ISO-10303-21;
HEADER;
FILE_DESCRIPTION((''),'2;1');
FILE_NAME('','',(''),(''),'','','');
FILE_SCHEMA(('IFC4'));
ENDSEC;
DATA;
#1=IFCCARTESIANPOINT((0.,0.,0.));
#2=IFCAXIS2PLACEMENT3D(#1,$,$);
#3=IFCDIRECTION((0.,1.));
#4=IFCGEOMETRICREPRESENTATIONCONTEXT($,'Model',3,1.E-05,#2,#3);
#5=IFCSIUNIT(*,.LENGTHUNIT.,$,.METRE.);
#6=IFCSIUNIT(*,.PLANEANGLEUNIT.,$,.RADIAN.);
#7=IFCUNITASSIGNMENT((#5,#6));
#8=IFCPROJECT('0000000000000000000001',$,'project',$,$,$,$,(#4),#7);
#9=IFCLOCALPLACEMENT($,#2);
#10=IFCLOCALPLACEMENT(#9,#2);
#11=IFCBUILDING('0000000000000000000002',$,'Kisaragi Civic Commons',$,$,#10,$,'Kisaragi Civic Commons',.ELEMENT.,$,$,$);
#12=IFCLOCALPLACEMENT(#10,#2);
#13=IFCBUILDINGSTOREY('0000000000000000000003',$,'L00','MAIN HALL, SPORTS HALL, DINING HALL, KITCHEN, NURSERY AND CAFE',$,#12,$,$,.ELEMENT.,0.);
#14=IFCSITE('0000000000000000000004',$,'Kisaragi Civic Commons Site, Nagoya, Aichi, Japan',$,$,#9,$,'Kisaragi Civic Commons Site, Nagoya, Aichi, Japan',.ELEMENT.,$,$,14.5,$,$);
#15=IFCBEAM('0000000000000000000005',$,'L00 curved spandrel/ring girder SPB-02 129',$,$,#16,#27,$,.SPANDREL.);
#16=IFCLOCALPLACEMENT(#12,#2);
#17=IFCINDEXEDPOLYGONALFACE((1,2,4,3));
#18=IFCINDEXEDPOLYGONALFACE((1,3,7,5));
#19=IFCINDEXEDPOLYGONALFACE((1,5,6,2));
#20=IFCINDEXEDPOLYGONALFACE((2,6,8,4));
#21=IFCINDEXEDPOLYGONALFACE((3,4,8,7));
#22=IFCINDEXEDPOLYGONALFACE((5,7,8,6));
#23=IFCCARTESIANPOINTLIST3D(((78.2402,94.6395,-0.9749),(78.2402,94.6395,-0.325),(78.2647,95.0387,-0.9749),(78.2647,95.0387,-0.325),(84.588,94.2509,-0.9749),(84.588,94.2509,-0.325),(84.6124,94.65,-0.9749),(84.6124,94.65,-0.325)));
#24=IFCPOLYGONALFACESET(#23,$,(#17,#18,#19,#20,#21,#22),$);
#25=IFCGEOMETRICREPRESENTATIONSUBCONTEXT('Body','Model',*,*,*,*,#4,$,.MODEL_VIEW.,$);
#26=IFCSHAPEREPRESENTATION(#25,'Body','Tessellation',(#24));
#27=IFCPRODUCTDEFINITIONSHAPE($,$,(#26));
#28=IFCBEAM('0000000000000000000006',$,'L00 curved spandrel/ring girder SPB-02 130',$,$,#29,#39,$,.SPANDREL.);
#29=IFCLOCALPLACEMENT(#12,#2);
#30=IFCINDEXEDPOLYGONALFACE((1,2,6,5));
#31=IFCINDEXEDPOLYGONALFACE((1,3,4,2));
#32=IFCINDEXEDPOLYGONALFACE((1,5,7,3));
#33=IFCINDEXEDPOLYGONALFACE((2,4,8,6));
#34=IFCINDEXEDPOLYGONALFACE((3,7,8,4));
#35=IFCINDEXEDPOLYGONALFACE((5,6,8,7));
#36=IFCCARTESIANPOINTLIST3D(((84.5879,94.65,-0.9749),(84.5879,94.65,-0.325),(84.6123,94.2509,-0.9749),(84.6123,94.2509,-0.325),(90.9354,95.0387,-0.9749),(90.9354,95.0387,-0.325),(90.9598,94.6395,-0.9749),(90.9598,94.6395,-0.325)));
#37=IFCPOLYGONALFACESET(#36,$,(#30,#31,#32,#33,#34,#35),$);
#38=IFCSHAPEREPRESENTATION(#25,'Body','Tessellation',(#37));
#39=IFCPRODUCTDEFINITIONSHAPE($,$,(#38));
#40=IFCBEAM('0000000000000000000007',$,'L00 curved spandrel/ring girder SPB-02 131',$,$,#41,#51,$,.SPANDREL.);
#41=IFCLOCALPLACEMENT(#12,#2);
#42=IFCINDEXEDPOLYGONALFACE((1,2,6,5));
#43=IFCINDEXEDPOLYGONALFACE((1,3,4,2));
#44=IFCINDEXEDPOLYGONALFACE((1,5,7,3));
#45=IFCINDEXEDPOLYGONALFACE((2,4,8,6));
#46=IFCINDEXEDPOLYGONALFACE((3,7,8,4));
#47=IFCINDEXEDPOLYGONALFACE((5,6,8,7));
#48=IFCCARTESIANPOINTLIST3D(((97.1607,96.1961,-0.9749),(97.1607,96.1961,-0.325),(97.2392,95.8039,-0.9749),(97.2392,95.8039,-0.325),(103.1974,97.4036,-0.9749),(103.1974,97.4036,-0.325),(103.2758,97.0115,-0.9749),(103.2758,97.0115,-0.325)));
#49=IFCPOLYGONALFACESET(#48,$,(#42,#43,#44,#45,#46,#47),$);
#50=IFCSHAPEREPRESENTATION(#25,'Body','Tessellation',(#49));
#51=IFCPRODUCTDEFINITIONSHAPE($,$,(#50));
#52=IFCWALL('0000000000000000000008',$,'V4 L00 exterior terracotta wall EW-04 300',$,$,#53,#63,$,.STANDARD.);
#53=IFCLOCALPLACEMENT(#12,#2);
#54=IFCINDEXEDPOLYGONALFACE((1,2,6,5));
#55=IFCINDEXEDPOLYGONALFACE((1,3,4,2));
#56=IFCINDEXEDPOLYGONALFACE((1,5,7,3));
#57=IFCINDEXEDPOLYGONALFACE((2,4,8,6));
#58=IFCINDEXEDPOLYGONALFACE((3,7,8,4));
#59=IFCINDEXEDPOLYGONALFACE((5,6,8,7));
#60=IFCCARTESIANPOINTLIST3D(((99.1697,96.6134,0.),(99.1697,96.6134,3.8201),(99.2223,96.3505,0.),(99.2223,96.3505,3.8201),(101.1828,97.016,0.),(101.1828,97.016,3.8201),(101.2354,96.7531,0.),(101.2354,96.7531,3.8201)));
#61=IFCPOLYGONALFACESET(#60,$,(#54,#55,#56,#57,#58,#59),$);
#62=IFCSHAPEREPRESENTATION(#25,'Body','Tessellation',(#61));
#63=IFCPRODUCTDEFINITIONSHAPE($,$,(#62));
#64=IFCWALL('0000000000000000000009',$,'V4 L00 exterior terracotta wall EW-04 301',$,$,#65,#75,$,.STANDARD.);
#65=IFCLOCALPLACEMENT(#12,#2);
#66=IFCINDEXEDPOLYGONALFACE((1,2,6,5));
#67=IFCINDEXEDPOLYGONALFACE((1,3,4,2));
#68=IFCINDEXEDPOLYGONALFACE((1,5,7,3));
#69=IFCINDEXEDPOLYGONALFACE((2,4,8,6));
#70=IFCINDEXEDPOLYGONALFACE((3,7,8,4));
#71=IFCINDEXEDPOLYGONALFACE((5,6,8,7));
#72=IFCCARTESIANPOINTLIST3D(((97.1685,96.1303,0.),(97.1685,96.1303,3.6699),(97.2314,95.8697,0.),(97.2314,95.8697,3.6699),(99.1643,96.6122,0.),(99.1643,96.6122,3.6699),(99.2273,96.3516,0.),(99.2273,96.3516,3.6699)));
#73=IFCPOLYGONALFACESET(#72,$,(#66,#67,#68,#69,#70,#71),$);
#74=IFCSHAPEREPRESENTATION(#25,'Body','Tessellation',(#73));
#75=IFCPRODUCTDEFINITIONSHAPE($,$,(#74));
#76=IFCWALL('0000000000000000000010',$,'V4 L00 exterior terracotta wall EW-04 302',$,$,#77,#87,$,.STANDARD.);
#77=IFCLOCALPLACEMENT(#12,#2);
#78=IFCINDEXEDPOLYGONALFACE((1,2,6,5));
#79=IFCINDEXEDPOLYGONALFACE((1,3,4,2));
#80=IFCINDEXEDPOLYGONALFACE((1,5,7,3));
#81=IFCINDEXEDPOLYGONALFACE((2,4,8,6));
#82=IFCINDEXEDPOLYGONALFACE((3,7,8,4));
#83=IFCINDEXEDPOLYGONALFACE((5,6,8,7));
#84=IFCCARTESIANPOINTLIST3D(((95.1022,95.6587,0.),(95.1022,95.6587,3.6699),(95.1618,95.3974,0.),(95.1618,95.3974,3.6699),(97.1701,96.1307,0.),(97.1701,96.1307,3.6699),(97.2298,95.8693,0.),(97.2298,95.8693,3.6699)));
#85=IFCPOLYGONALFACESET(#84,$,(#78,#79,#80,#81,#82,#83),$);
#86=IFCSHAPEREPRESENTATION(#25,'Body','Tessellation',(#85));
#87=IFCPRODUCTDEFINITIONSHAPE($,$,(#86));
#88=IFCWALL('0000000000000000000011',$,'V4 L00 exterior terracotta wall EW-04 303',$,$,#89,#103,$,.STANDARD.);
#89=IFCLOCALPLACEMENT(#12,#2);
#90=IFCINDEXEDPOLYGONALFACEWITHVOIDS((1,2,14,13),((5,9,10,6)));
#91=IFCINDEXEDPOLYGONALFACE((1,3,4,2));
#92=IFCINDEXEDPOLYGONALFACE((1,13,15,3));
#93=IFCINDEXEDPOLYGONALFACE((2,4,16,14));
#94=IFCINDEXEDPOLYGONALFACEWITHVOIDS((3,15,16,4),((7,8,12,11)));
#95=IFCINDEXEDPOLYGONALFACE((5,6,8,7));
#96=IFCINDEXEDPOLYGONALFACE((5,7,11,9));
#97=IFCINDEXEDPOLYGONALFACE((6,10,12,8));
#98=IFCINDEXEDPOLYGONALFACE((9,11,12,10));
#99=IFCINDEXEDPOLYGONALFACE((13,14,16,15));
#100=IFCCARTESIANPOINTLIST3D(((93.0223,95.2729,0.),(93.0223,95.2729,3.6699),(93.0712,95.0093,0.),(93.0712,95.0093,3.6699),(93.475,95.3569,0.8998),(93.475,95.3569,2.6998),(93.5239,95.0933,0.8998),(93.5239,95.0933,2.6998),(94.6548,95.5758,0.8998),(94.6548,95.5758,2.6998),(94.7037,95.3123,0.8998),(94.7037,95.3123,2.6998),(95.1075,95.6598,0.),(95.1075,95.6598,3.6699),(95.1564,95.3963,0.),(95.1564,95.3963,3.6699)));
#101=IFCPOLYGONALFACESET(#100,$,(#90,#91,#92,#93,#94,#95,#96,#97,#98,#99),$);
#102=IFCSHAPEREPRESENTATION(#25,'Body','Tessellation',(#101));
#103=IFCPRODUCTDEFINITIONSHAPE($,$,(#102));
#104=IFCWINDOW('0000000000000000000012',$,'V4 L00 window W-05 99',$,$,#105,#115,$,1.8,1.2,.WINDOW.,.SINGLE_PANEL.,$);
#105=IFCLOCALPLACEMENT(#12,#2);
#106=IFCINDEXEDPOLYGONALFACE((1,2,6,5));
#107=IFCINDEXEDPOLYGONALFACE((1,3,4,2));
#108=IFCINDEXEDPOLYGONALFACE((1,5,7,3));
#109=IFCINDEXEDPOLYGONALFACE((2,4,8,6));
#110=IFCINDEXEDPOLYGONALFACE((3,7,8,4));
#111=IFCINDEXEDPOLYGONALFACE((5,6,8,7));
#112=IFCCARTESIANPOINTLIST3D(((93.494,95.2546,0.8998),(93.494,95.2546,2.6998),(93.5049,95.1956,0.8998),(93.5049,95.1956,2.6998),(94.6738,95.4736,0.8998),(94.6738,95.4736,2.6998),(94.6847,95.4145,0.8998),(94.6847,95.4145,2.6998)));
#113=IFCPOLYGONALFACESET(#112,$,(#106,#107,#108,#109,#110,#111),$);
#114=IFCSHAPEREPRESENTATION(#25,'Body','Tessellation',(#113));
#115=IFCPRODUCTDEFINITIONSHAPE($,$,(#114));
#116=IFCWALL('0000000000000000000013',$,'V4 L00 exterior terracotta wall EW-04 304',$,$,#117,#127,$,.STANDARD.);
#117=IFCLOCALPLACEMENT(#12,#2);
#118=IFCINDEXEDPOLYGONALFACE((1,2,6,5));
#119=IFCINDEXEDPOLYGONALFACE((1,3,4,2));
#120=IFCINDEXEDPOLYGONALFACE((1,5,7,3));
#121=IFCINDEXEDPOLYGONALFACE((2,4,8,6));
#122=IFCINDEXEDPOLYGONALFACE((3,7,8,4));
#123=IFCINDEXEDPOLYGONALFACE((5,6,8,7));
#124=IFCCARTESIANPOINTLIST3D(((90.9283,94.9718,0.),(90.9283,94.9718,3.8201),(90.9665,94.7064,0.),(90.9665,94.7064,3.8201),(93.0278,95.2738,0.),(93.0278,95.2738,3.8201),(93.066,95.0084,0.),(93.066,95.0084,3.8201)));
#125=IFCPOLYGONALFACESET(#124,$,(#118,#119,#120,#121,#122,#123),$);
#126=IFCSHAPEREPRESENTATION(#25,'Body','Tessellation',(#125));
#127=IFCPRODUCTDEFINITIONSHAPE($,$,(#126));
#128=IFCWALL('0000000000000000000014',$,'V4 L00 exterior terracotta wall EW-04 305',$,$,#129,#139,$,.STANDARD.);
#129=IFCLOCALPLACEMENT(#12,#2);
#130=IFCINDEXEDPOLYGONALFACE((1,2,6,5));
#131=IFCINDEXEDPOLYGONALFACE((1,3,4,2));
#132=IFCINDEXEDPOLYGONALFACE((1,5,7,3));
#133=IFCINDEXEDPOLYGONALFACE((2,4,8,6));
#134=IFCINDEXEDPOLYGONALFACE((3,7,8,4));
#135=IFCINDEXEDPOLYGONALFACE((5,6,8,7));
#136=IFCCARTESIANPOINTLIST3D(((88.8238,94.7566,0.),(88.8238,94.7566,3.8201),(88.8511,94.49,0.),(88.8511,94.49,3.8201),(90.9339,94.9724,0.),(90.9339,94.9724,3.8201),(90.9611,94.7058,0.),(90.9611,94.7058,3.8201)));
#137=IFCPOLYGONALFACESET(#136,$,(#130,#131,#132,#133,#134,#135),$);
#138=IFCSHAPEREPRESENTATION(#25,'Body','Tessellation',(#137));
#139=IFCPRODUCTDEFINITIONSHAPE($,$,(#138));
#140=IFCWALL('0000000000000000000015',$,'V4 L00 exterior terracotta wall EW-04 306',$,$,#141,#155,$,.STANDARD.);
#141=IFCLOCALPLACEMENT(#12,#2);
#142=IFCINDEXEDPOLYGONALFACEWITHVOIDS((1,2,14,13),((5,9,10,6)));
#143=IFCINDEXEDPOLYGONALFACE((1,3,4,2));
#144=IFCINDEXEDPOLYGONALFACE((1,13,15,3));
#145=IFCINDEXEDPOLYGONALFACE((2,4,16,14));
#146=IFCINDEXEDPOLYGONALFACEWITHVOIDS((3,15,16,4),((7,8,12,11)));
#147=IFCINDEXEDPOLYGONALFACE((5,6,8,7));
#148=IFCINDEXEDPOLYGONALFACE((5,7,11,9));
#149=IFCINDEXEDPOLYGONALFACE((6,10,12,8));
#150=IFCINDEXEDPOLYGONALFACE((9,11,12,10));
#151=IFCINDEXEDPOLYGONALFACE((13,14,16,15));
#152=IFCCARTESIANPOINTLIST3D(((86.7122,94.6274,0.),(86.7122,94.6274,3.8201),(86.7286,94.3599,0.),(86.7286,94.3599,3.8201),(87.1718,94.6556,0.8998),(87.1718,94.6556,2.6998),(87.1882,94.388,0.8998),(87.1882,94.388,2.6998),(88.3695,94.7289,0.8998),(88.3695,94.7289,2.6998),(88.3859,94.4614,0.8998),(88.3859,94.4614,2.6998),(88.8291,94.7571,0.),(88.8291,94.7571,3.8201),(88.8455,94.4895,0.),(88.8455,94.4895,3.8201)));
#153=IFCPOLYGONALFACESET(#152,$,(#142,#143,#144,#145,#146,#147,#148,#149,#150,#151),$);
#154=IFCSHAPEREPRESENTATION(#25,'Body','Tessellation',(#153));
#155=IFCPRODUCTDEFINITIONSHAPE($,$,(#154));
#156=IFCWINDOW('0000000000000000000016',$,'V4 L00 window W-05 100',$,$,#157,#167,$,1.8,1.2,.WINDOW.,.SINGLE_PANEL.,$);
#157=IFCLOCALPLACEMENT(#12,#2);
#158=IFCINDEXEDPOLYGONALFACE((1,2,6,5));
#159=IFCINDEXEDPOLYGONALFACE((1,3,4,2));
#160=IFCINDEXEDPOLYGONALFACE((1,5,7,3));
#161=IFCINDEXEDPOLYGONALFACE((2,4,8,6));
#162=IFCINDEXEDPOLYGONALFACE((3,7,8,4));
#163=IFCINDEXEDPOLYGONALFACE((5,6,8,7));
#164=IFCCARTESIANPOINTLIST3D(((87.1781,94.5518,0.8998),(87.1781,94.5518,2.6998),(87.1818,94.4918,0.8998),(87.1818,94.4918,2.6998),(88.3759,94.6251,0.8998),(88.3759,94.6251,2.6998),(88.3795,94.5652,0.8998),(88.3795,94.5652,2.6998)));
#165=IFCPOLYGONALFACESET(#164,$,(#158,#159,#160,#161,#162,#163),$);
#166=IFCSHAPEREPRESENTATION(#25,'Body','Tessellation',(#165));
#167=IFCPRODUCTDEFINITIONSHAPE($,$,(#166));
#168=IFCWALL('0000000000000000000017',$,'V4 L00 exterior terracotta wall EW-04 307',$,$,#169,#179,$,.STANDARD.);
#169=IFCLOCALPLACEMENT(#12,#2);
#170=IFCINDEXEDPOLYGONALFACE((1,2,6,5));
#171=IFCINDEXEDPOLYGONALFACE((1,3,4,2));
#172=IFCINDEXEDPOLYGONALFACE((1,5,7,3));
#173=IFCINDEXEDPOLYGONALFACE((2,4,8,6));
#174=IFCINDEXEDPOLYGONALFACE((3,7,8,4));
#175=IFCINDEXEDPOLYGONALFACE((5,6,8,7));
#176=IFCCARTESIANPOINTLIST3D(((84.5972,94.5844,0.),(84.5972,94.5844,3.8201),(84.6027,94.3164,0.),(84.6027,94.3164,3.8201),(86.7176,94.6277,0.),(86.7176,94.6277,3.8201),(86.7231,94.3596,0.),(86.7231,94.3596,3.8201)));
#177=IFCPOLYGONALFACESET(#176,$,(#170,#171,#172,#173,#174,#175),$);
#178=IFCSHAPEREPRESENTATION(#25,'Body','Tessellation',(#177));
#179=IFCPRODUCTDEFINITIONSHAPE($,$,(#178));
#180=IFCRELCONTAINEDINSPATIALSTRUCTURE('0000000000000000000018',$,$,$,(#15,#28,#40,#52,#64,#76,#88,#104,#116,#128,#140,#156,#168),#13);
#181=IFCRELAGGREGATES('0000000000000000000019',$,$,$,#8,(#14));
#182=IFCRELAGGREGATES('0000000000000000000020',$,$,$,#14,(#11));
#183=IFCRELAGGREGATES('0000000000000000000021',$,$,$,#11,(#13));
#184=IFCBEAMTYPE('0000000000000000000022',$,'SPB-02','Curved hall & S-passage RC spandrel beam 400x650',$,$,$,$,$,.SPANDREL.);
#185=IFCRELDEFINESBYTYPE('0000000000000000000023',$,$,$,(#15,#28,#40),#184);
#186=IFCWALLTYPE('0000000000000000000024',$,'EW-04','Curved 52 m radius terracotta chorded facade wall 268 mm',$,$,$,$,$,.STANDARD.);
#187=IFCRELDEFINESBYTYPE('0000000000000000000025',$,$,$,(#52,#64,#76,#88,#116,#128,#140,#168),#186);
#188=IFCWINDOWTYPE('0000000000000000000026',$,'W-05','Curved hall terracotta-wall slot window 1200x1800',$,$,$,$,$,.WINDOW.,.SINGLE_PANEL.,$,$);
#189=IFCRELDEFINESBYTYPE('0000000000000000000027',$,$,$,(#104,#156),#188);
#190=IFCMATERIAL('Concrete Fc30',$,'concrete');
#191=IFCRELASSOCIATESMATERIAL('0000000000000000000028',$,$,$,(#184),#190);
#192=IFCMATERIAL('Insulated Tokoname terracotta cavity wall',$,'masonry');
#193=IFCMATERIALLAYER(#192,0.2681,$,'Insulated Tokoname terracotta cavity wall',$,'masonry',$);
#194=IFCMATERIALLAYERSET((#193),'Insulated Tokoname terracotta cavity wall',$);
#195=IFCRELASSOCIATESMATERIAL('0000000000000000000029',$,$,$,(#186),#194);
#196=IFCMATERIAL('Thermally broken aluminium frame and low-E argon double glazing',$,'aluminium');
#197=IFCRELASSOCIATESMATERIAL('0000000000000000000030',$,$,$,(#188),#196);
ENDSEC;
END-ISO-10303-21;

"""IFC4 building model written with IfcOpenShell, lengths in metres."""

from ifc_helpers import new_model, si_unit, direction, frame, frame_2d, origin, origin_2d, place, context, subcontext, project, spatial, rectangle, extrude, material, layer, layer_set, material_profile, profile_set, type_object, element, fill, save


model = new_model("IFC4")

# Units and contexts
model_context = context("Model", 3, precision=1e-05, world=origin(), true_north=direction((0.0, 1.0)))
body_context = subcontext(model_context, "Body", "Model", "MODEL_VIEW")
ifc_project = project(units=[si_unit("LENGTHUNIT", "METRE"), si_unit("PLANEANGLEUNIT", "RADIAN")], contexts=[model_context])

# Site, building, storey
site_placement = place(None, origin())
site = spatial("IfcSite", under=ifc_project, at=site_placement, Name="Kisaragi Civic Commons Site, Nagoya, Aichi, Japan", LongName="Kisaragi Civic Commons Site, Nagoya, Aichi, Japan", CompositionType="ELEMENT", RefElevation=14.5)
building_placement = place(site_placement, origin())
building = spatial("IfcBuilding", under=site, at=building_placement, Name="Kisaragi Civic Commons", LongName="Kisaragi Civic Commons", CompositionType="ELEMENT")
storey_placement = place(building_placement, origin())
storey = spatial("IfcBuildingStorey", under=building, at=storey_placement, Name="L00", Description="MAIN HALL, SPORTS HALL, DINING HALL, KITCHEN, NURSERY AND CAFE", CompositionType="ELEMENT", Elevation=0.0)

# Beams
ifc_material_1 = material(Name="Concrete Fc30", Category="concrete")
ifc_material_profile_1 = material_profile(ifc_material_1, rectangle(XDim=0.3999, YDim=0.6499, at=origin_2d()), Name="RC-400x650", Category="concrete")
ifc_profile_set_1 = profile_set([ifc_material_profile_1], Name="Concrete Fc30")
beam_type_1 = type_object("IfcBeamType", Name="SPB-02", Description="Curved hall & S-passage RC spandrel beam 400x650", PredefinedType="SPANDREL", material=ifc_profile_set_1)
beam_1_placement = place(storey_placement, frame((78.2524, 94.8391, -0.6499), z_axis=(0.998131, -0.061116, 0.0), x_axis=(0.061116, 0.998131, 0.0)))
element("IfcBeam", 1, at=beam_1_placement, inside=storey, type_object=beam_type_1, Name="L00 curved spandrel/ring girder SPB-02 129", PredefinedType="SPANDREL", context=body_context, shape_type="SweptSolid", body=[
    extrude(rectangle(XDim=0.3999, YDim=0.6499, at=origin_2d()), origin(), (0.0, 0.0, 1.0), 6.3596),
])
beam_2_placement = place(storey_placement, frame((84.6001, 94.4504, -0.6499), z_axis=(0.998131, 0.061119, 0.0), x_axis=(-0.061119, 0.998131, 0.0)))
element("IfcBeam", 2, at=beam_2_placement, inside=storey, type_object=beam_type_1, Name="L00 curved spandrel/ring girder SPB-02 130", PredefinedType="SPANDREL", context=body_context, shape_type="SweptSolid", body=[
    extrude(rectangle(XDim=0.3999, YDim=0.6499, at=origin_2d()), origin(), (0.0, 0.0, 1.0), 6.3594),
])
beam_3_placement = place(storey_placement, frame((97.2, 96.0, -0.6499), z_axis=(0.980575, 0.196147, 0.0), x_axis=(-0.196147, 0.980575, 0.0)))
element("IfcBeam", 3, at=beam_3_placement, inside=storey, type_object=beam_type_1, Name="L00 curved spandrel/ring girder SPB-02 131", PredefinedType="SPANDREL", context=body_context, shape_type="SweptSolid", body=[
    extrude(rectangle(XDim=0.3999, YDim=0.6499, at=origin_2d()), origin(), (0.0, 0.0, 1.0), 6.1562),
])

# Walls
ifc_material_2 = material(Name="Insulated Tokoname terracotta cavity wall", Category="masonry")
ifc_layer_1 = layer(ifc_material_2, 0.2681, Name="Insulated Tokoname terracotta cavity wall", Category="masonry")
ifc_layer_set_1 = layer_set([ifc_layer_1], Name="Insulated Tokoname terracotta cavity wall")
wall_type_1 = type_object("IfcWallType", Name="EW-04", Description="Curved 52 m radius terracotta chorded facade wall 268 mm", PredefinedType="STANDARD", material=ifc_layer_set_1)
wall_1_placement = place(storey_placement, frame((101.209, 96.8845, 0.0), z_axis=(0.0, 0.0, 1.0), x_axis=(-0.980585, -0.196093, 0.0)))
element("IfcWall", 4, at=wall_1_placement, inside=storey, type_object=wall_type_1, Name="V4 L00 exterior terracotta wall EW-04 300", PredefinedType="STANDARD", context=body_context, shape_type="SweptSolid", body=[
    extrude(rectangle(XDim=2.053, YDim=0.2681, at=frame_2d((1.0264, 0.0))), origin(), (0.0, 0.0, 1.0), 3.8201),
])
wall_2_placement = place(storey_placement, frame((99.1958, 96.4819, 0.0), z_axis=(0.0, 0.0, 1.0), x_axis=(-0.972063, -0.234722, 0.0)))
element("IfcWall", 5, at=wall_2_placement, inside=storey, type_object=wall_type_1, Name="V4 L00 exterior terracotta wall EW-04 301", PredefinedType="STANDARD", context=body_context, shape_type="SweptSolid", body=[
    extrude(rectangle(XDim=2.0532, YDim=0.2681, at=frame_2d((1.0266, 0.0))), origin(), (0.0, 0.0, 1.0), 3.6699),
])
wall_3_placement = place(storey_placement, frame((97.2, 96.0, 0.0), z_axis=(0.0, 0.0, 1.0), x_axis=(-0.974933, -0.222497, 0.0)))
element("IfcWall", 6, at=wall_3_placement, inside=storey, type_object=wall_type_1, Name="V4 L00 exterior terracotta wall EW-04 302", PredefinedType="STANDARD", context=body_context, shape_type="SweptSolid", body=[
    extrude(rectangle(XDim=2.1211, YDim=0.2681, at=frame_2d((1.0605, 0.0))), origin(), (0.0, 0.0, 1.0), 3.6699),
])

# Wall, opening, window
wall_4_placement = place(storey_placement, frame((95.1321, 95.5281, 0.0), z_axis=(0.0, 0.0, 1.0), x_axis=(-0.983213, -0.18246, 0.0)))
wall_4 = element("IfcWall", 7, at=wall_4_placement, inside=storey, type_object=wall_type_1, Name="V4 L00 exterior terracotta wall EW-04 303", PredefinedType="STANDARD", context=body_context, shape_type="SweptSolid", body=[
    extrude(rectangle(XDim=2.1208, YDim=0.2681, at=frame_2d((1.0605, 0.0))), origin(), (0.0, 0.0, 1.0), 3.6699),
])
opening_1_placement = place(wall_4_placement, frame((0.4604, 0.0, 0.8999)))
opening_1 = element("IfcOpeningElement", 8, at=opening_1_placement, cuts=wall_4, PredefinedType="OPENING", context=body_context, shape_type="SweptSolid", body=[
    extrude(rectangle(XDim=1.2, YDim=1.8, at=frame_2d((0.6001, 0.8999))), frame((0.0, 0.144, 0.0), z_axis=(0.0, -1.0, 0.0), x_axis=(1.0, 0.0, 0.0)), (0.0, 0.0, 1.0), 0.2881),
])
ifc_material_3 = material(Name="Thermally broken aluminium frame and low-E argon double glazing", Category="aluminium")
window_type = type_object("IfcWindowType", Name="W-05", Description="Curved hall terracotta-wall slot window 1200x1800", PartitioningType="SINGLE_PANEL", PredefinedType="WINDOW", material=ifc_material_3)
window_1_placement = place(opening_1_placement, origin())
window_1 = element("IfcWindow", 9, at=window_1_placement, inside=storey, type_object=window_type, Name="V4 L00 window W-05 99", OverallHeight=1.8, OverallWidth=1.2, PartitioningType="SINGLE_PANEL", PredefinedType="WINDOW", context=body_context, shape_type="SweptSolid", body=[
    extrude(rectangle(XDim=1.2, YDim=1.8, at=frame_2d((0.6001, 0.8999))), frame((0.0, 0.03, 0.0), z_axis=(0.0, -1.0, 0.0), x_axis=(1.0, 0.0, 0.0)), (0.0, 0.0, 1.0), 0.0601),
])
fill(opening_1, window_1)

# Walls
for number, where, z_axis, x_axis, name in (
    (10, (93.0469, 95.1411, 0.0), (0.0, 0.0, 1.0), (-0.989811, -0.142388, 0.0), "V4 L00 exterior terracotta wall EW-04 304"),
    (11, (90.9475, 94.8391, 0.0), (0.0, 0.0, 1.0), (-0.99481, -0.101748, 0.0), "V4 L00 exterior terracotta wall EW-04 305"),
):
    element("IfcWall", number, at=place(storey_placement, frame(where, z_axis=z_axis, x_axis=x_axis)), inside=storey, type_object=wall_type_1, Name=name, PredefinedType="STANDARD", context=body_context, shape_type="SweptSolid", body=[
        extrude(rectangle(XDim=2.1211, YDim=0.2681, at=frame_2d((1.0605, 0.0))), origin(), (0.0, 0.0, 1.0), 3.8201),
    ])

# Wall, opening, window
wall_5_placement = place(storey_placement, frame((88.8374, 94.6233, 0.0), z_axis=(0.0, 0.0, 1.0), x_axis=(-0.99813, -0.061124, 0.0)))
wall_5 = element("IfcWall", 12, at=wall_5_placement, inside=storey, type_object=wall_type_1, Name="V4 L00 exterior terracotta wall EW-04 306", PredefinedType="STANDARD", context=body_context, shape_type="SweptSolid", body=[
    extrude(rectangle(XDim=2.1208, YDim=0.2681, at=frame_2d((1.0605, 0.0))), origin(), (0.0, 0.0, 1.0), 3.8201),
])
opening_2_placement = place(wall_5_placement, frame((0.4604, 0.0, 0.8999)))
opening_2 = element("IfcOpeningElement", 13, at=opening_2_placement, cuts=wall_5, PredefinedType="OPENING", context=body_context, shape_type="SweptSolid", body=[
    extrude(rectangle(XDim=1.2, YDim=1.8, at=frame_2d((0.6001, 0.8999))), frame((0.0, 0.144, 0.0), z_axis=(0.0, -1.0, 0.0), x_axis=(1.0, 0.0, 0.0)), (0.0, 0.0, 1.0), 0.2881),
])
window_2_placement = place(opening_2_placement, origin())
window_2 = element("IfcWindow", 14, at=window_2_placement, inside=storey, type_object=window_type, Name="V4 L00 window W-05 100", OverallHeight=1.8, OverallWidth=1.2, PartitioningType="SINGLE_PANEL", PredefinedType="WINDOW", context=body_context, shape_type="SweptSolid", body=[
    extrude(rectangle(XDim=1.2, YDim=1.8, at=frame_2d((0.6001, 0.8999))), frame((0.0, 0.03, 0.0), z_axis=(0.0, -1.0, 0.0), x_axis=(1.0, 0.0, 0.0)), (0.0, 0.0, 1.0), 0.0601),
])
fill(opening_2, window_2)

# Wall
wall_6_placement = place(storey_placement, frame((86.7205, 94.4937, 0.0), z_axis=(0.0, 0.0, 1.0), x_axis=(-0.999792, -0.020376, 0.0)))
element("IfcWall", 15, at=wall_6_placement, inside=storey, type_object=wall_type_1, Name="V4 L00 exterior terracotta wall EW-04 307", PredefinedType="STANDARD", context=body_context, shape_type="SweptSolid", body=[
    extrude(rectangle(XDim=2.1208, YDim=0.2681, at=frame_2d((1.0605, 0.0))), origin(), (0.0, 0.0, 1.0), 3.8201),
])

save(model, "model.ifc")
